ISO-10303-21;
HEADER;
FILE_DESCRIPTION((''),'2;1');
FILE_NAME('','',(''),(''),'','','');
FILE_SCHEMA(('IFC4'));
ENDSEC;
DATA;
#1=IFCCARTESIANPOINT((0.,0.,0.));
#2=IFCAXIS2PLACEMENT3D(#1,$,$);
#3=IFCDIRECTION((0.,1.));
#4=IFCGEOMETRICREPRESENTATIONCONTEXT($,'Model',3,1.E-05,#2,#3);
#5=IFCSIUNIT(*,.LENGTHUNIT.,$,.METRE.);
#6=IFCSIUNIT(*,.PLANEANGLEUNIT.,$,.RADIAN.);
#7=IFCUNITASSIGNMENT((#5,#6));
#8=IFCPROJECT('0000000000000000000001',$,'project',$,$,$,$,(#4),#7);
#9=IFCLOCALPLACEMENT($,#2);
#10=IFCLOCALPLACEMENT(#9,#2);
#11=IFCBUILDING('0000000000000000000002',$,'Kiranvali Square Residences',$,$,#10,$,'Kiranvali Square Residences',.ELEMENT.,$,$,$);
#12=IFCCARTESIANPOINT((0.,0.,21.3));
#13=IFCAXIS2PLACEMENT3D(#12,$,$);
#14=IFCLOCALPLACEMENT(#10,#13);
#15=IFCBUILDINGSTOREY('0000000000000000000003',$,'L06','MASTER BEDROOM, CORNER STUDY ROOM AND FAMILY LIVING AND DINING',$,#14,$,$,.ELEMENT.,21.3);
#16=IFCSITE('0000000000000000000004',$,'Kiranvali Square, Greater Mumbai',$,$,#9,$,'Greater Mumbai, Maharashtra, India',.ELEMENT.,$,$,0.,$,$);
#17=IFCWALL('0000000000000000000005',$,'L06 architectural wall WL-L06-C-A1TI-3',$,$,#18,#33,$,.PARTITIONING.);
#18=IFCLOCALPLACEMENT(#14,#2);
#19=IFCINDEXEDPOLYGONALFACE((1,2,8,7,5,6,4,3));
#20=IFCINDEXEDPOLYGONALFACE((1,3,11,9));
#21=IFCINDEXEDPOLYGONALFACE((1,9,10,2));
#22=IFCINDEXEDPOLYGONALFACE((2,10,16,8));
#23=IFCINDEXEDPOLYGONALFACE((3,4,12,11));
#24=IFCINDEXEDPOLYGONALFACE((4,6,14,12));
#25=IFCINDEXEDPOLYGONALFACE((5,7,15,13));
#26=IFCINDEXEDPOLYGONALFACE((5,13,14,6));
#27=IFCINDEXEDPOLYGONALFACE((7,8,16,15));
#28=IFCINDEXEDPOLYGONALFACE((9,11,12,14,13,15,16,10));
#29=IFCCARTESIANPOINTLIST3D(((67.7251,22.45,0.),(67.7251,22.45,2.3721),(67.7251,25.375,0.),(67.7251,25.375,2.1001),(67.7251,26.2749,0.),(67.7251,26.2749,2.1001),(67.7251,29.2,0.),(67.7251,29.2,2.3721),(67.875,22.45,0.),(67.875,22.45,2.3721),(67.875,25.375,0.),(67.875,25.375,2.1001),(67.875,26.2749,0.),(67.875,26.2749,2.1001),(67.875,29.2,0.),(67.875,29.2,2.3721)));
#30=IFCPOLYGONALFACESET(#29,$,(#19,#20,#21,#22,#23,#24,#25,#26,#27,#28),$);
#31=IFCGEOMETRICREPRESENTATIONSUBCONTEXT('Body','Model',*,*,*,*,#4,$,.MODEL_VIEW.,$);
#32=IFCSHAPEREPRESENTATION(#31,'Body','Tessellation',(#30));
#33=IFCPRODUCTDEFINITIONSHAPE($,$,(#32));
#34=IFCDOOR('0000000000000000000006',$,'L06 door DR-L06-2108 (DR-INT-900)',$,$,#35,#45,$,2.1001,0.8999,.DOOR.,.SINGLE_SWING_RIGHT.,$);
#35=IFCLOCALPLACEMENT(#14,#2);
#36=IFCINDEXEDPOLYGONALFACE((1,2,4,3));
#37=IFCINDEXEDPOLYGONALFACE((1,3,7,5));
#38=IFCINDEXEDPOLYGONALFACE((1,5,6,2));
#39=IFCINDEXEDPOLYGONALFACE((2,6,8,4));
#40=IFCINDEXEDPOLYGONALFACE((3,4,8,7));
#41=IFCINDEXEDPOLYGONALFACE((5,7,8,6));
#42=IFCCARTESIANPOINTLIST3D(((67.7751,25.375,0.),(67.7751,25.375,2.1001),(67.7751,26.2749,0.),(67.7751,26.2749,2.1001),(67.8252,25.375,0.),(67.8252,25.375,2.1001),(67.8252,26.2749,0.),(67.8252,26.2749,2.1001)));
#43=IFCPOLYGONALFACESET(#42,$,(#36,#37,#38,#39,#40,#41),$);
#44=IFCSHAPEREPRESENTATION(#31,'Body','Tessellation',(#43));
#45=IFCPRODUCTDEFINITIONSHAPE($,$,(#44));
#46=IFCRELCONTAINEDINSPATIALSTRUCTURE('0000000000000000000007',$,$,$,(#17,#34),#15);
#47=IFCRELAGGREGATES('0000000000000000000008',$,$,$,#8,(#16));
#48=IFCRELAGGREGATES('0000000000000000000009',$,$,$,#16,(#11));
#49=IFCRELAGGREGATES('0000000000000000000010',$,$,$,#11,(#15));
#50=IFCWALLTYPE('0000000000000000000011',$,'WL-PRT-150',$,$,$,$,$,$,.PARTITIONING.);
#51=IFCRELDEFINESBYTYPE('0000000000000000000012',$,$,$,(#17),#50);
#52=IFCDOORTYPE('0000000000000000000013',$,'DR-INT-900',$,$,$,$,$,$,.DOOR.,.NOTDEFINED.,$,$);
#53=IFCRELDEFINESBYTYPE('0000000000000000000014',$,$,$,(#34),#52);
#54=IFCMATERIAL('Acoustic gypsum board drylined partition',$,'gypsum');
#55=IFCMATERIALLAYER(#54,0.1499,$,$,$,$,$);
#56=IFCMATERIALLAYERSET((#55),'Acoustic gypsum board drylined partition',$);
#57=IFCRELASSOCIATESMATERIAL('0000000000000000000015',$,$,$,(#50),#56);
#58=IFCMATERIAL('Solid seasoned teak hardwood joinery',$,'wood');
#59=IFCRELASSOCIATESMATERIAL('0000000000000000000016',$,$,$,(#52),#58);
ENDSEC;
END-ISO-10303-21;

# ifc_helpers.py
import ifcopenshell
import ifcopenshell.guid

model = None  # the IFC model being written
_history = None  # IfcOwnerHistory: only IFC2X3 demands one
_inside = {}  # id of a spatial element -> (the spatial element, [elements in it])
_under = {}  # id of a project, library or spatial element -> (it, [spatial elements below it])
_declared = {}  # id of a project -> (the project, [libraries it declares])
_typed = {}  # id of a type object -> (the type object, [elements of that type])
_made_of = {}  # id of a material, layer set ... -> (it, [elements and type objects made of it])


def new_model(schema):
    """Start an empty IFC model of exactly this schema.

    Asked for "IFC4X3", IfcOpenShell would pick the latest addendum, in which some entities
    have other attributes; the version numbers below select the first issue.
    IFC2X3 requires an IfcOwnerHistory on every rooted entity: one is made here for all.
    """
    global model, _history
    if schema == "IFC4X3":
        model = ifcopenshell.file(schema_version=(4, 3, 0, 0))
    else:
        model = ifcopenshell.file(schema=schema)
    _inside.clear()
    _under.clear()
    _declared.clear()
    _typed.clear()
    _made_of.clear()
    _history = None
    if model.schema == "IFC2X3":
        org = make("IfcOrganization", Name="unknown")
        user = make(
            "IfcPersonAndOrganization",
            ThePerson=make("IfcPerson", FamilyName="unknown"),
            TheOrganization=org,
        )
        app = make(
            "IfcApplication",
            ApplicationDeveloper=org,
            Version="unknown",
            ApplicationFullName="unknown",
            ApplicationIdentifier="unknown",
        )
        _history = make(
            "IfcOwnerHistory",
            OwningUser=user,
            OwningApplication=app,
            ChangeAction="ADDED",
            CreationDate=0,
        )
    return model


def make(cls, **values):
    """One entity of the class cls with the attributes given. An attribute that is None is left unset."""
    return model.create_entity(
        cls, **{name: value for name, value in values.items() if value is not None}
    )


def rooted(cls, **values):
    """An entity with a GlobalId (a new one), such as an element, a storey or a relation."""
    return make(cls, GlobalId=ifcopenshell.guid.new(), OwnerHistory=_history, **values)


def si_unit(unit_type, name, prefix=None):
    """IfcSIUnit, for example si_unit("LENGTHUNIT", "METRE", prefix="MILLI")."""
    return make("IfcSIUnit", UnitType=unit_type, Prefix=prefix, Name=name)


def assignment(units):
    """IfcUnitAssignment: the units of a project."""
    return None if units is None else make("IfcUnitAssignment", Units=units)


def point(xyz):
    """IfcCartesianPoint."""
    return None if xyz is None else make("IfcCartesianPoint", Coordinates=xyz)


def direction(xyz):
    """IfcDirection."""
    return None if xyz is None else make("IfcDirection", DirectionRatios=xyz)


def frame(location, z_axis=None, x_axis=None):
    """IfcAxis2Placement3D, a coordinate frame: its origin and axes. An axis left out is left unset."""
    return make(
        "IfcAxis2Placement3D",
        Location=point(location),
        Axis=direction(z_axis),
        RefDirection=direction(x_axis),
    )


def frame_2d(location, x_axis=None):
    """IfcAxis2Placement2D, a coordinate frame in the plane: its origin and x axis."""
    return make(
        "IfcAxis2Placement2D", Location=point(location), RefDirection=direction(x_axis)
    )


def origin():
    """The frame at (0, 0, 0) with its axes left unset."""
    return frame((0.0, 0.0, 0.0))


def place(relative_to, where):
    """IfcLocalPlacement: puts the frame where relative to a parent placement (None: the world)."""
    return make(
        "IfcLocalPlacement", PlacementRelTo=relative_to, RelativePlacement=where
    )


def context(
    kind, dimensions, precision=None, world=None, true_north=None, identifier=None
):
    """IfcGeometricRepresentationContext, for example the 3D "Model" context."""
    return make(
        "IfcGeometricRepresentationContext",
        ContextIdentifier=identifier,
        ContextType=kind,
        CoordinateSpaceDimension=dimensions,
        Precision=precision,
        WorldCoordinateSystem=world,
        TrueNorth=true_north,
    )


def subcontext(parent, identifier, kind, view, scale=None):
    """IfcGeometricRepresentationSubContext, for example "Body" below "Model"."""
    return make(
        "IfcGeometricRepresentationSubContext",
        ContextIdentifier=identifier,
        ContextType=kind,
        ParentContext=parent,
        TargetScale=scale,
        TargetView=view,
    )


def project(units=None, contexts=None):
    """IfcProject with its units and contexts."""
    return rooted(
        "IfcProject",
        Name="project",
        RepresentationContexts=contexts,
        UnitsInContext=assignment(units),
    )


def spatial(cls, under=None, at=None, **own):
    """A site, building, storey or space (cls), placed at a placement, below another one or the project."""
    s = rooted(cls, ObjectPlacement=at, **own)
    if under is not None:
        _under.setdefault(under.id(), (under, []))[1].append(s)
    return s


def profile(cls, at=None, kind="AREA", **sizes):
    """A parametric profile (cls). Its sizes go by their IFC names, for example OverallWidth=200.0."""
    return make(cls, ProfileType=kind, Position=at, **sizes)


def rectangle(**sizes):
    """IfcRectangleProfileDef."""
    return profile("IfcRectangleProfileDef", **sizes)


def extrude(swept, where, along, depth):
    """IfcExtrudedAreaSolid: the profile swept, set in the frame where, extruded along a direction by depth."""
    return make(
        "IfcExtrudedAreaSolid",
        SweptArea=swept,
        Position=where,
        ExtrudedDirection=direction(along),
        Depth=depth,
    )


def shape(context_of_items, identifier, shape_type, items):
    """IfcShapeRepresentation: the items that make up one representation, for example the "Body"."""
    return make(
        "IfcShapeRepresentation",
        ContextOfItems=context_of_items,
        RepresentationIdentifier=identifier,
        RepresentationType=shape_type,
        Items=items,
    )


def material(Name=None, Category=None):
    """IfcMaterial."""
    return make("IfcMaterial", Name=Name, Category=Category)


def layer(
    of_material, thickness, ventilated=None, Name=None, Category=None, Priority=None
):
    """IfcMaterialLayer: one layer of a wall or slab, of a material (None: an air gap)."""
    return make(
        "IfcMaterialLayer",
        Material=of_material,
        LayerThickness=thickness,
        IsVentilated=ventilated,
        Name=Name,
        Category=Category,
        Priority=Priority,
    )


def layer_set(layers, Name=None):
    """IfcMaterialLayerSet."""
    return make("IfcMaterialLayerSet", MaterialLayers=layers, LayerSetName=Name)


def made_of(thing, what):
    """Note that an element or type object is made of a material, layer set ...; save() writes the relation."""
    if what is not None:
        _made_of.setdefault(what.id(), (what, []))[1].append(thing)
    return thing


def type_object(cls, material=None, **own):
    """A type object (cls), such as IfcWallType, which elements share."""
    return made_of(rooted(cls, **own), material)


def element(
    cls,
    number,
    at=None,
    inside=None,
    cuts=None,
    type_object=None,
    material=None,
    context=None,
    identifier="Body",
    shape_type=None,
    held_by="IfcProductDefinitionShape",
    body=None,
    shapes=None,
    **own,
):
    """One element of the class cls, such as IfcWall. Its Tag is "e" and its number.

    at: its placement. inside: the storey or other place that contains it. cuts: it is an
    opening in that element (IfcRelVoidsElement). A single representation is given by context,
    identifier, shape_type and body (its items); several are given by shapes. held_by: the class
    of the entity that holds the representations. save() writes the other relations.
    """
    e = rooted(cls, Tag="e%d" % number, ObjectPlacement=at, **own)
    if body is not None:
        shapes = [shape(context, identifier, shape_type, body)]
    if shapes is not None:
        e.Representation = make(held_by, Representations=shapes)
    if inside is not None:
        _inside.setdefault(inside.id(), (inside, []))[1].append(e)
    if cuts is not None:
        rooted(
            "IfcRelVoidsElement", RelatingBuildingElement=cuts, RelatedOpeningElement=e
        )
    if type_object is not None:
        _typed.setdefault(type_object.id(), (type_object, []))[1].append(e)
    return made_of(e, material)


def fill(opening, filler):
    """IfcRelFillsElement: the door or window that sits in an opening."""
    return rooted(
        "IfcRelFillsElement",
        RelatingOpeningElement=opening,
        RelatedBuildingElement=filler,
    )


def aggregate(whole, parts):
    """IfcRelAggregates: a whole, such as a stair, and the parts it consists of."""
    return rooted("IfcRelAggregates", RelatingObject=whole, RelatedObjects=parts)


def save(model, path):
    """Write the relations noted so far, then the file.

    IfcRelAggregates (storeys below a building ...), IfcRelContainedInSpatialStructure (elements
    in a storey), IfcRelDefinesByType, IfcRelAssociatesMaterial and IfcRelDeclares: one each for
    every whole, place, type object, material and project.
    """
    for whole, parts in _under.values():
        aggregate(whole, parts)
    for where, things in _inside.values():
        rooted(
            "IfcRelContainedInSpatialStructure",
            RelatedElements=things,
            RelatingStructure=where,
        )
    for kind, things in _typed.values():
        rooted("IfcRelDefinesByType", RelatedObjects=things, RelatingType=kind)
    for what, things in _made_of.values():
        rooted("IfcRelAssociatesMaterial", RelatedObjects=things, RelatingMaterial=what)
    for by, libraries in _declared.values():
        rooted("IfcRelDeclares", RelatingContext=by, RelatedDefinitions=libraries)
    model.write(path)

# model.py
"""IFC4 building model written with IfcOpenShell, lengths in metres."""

from ifc_helpers import new_model, si_unit, direction, frame, frame_2d, origin, place, context, subcontext, project, spatial, rectangle, extrude, material, layer, layer_set, type_object, element, fill, save


model = new_model("IFC4")

# Units and contexts
model_context = context("Model", 3, precision=1e-05, world=origin(), true_north=direction((0.0, 1.0)))
body_context = subcontext(model_context, "Body", "Model", "MODEL_VIEW")
ifc_project = project(units=[si_unit("LENGTHUNIT", "METRE"), si_unit("PLANEANGLEUNIT", "RADIAN")], contexts=[model_context])

# Site, building, storey
site_placement = place(None, origin())
site = spatial("IfcSite", under=ifc_project, at=site_placement, Name="Kiranvali Square, Greater Mumbai", LongName="Greater Mumbai, Maharashtra, India", CompositionType="ELEMENT", RefElevation=0.0)
building_placement = place(site_placement, origin())
building = spatial("IfcBuilding", under=site, at=building_placement, Name="Kiranvali Square Residences", LongName="Kiranvali Square Residences", CompositionType="ELEMENT")
storey_placement = place(building_placement, frame((0.0, 0.0, 21.3)))
storey = spatial("IfcBuildingStorey", under=building, at=storey_placement, Name="L06", Description="MASTER BEDROOM, CORNER STUDY ROOM AND FAMILY LIVING AND DINING", CompositionType="ELEMENT", Elevation=21.3)

# Wall, opening, door
ifc_material_1 = material(Name="Acoustic gypsum board drylined partition", Category="gypsum")
ifc_layer_1 = layer(ifc_material_1, 0.1499)
ifc_layer_set_1 = layer_set([ifc_layer_1], Name="Acoustic gypsum board drylined partition")
wall_type_1 = type_object("IfcWallType", Name="WL-PRT-150", PredefinedType="PARTITIONING", material=ifc_layer_set_1)
ifc_material_2 = material(Name="Solid seasoned teak hardwood joinery", Category="wood")
door_type_1 = type_object("IfcDoorType", Name="DR-INT-900", OperationType="NOTDEFINED", PredefinedType="DOOR", material=ifc_material_2)
wall_1_placement = place(storey_placement, frame((67.8, 29.2, 0.0), z_axis=(0.0, 0.0, 1.0), x_axis=(0.0, -1.0, 0.0)))
wall_1 = element("IfcWall", 1, at=wall_1_placement, inside=storey, type_object=wall_type_1, Name="L06 architectural wall WL-L06-C-A1TI-3", PredefinedType="PARTITIONING", context=body_context, shape_type="SweptSolid", body=[
    extrude(rectangle(XDim=6.75, YDim=0.1499, at=frame_2d((3.375, 0.0))), origin(), (0.0, 0.0, 1.0), 2.3721),
])
opening_1_placement = place(wall_1_placement, frame((2.925, 0.0, 0.0)))
opening_1 = element("IfcOpeningElement", 2, at=opening_1_placement, cuts=wall_1, PredefinedType="OPENING", context=body_context, shape_type="SweptSolid", body=[
    extrude(rectangle(XDim=0.8999, YDim=2.1001, at=frame_2d((0.45, 1.05))), frame((0.0, 0.085, 0.0), z_axis=(0.0, -1.0, 0.0), x_axis=(1.0, 0.0, 0.0)), (0.0, 0.0, 1.0), 0.1699),
])
door_1_placement = place(opening_1_placement, frame((0.8999, 0.0, 0.0), z_axis=(0.0, 0.0, 1.0), x_axis=(-1.0, 0.0, 0.0)))
door_1 = element("IfcDoor", 3, at=door_1_placement, inside=storey, type_object=door_type_1, Name="L06 door DR-L06-2108 (DR-INT-900)", OperationType="SINGLE_SWING_RIGHT", OverallHeight=2.1001, OverallWidth=0.8999, PredefinedType="DOOR", context=body_context, shape_type="SweptSolid", body=[
    extrude(rectangle(XDim=0.8999, YDim=2.1001, at=frame_2d((0.45, 1.05))), frame((0.0, 0.0249, 0.0), z_axis=(0.0, -1.0, 0.0), x_axis=(1.0, 0.0, 0.0)), (0.0, 0.0, 1.0), 0.05),
])
fill(opening_1, door_1)

save(model, "model.ifc")
